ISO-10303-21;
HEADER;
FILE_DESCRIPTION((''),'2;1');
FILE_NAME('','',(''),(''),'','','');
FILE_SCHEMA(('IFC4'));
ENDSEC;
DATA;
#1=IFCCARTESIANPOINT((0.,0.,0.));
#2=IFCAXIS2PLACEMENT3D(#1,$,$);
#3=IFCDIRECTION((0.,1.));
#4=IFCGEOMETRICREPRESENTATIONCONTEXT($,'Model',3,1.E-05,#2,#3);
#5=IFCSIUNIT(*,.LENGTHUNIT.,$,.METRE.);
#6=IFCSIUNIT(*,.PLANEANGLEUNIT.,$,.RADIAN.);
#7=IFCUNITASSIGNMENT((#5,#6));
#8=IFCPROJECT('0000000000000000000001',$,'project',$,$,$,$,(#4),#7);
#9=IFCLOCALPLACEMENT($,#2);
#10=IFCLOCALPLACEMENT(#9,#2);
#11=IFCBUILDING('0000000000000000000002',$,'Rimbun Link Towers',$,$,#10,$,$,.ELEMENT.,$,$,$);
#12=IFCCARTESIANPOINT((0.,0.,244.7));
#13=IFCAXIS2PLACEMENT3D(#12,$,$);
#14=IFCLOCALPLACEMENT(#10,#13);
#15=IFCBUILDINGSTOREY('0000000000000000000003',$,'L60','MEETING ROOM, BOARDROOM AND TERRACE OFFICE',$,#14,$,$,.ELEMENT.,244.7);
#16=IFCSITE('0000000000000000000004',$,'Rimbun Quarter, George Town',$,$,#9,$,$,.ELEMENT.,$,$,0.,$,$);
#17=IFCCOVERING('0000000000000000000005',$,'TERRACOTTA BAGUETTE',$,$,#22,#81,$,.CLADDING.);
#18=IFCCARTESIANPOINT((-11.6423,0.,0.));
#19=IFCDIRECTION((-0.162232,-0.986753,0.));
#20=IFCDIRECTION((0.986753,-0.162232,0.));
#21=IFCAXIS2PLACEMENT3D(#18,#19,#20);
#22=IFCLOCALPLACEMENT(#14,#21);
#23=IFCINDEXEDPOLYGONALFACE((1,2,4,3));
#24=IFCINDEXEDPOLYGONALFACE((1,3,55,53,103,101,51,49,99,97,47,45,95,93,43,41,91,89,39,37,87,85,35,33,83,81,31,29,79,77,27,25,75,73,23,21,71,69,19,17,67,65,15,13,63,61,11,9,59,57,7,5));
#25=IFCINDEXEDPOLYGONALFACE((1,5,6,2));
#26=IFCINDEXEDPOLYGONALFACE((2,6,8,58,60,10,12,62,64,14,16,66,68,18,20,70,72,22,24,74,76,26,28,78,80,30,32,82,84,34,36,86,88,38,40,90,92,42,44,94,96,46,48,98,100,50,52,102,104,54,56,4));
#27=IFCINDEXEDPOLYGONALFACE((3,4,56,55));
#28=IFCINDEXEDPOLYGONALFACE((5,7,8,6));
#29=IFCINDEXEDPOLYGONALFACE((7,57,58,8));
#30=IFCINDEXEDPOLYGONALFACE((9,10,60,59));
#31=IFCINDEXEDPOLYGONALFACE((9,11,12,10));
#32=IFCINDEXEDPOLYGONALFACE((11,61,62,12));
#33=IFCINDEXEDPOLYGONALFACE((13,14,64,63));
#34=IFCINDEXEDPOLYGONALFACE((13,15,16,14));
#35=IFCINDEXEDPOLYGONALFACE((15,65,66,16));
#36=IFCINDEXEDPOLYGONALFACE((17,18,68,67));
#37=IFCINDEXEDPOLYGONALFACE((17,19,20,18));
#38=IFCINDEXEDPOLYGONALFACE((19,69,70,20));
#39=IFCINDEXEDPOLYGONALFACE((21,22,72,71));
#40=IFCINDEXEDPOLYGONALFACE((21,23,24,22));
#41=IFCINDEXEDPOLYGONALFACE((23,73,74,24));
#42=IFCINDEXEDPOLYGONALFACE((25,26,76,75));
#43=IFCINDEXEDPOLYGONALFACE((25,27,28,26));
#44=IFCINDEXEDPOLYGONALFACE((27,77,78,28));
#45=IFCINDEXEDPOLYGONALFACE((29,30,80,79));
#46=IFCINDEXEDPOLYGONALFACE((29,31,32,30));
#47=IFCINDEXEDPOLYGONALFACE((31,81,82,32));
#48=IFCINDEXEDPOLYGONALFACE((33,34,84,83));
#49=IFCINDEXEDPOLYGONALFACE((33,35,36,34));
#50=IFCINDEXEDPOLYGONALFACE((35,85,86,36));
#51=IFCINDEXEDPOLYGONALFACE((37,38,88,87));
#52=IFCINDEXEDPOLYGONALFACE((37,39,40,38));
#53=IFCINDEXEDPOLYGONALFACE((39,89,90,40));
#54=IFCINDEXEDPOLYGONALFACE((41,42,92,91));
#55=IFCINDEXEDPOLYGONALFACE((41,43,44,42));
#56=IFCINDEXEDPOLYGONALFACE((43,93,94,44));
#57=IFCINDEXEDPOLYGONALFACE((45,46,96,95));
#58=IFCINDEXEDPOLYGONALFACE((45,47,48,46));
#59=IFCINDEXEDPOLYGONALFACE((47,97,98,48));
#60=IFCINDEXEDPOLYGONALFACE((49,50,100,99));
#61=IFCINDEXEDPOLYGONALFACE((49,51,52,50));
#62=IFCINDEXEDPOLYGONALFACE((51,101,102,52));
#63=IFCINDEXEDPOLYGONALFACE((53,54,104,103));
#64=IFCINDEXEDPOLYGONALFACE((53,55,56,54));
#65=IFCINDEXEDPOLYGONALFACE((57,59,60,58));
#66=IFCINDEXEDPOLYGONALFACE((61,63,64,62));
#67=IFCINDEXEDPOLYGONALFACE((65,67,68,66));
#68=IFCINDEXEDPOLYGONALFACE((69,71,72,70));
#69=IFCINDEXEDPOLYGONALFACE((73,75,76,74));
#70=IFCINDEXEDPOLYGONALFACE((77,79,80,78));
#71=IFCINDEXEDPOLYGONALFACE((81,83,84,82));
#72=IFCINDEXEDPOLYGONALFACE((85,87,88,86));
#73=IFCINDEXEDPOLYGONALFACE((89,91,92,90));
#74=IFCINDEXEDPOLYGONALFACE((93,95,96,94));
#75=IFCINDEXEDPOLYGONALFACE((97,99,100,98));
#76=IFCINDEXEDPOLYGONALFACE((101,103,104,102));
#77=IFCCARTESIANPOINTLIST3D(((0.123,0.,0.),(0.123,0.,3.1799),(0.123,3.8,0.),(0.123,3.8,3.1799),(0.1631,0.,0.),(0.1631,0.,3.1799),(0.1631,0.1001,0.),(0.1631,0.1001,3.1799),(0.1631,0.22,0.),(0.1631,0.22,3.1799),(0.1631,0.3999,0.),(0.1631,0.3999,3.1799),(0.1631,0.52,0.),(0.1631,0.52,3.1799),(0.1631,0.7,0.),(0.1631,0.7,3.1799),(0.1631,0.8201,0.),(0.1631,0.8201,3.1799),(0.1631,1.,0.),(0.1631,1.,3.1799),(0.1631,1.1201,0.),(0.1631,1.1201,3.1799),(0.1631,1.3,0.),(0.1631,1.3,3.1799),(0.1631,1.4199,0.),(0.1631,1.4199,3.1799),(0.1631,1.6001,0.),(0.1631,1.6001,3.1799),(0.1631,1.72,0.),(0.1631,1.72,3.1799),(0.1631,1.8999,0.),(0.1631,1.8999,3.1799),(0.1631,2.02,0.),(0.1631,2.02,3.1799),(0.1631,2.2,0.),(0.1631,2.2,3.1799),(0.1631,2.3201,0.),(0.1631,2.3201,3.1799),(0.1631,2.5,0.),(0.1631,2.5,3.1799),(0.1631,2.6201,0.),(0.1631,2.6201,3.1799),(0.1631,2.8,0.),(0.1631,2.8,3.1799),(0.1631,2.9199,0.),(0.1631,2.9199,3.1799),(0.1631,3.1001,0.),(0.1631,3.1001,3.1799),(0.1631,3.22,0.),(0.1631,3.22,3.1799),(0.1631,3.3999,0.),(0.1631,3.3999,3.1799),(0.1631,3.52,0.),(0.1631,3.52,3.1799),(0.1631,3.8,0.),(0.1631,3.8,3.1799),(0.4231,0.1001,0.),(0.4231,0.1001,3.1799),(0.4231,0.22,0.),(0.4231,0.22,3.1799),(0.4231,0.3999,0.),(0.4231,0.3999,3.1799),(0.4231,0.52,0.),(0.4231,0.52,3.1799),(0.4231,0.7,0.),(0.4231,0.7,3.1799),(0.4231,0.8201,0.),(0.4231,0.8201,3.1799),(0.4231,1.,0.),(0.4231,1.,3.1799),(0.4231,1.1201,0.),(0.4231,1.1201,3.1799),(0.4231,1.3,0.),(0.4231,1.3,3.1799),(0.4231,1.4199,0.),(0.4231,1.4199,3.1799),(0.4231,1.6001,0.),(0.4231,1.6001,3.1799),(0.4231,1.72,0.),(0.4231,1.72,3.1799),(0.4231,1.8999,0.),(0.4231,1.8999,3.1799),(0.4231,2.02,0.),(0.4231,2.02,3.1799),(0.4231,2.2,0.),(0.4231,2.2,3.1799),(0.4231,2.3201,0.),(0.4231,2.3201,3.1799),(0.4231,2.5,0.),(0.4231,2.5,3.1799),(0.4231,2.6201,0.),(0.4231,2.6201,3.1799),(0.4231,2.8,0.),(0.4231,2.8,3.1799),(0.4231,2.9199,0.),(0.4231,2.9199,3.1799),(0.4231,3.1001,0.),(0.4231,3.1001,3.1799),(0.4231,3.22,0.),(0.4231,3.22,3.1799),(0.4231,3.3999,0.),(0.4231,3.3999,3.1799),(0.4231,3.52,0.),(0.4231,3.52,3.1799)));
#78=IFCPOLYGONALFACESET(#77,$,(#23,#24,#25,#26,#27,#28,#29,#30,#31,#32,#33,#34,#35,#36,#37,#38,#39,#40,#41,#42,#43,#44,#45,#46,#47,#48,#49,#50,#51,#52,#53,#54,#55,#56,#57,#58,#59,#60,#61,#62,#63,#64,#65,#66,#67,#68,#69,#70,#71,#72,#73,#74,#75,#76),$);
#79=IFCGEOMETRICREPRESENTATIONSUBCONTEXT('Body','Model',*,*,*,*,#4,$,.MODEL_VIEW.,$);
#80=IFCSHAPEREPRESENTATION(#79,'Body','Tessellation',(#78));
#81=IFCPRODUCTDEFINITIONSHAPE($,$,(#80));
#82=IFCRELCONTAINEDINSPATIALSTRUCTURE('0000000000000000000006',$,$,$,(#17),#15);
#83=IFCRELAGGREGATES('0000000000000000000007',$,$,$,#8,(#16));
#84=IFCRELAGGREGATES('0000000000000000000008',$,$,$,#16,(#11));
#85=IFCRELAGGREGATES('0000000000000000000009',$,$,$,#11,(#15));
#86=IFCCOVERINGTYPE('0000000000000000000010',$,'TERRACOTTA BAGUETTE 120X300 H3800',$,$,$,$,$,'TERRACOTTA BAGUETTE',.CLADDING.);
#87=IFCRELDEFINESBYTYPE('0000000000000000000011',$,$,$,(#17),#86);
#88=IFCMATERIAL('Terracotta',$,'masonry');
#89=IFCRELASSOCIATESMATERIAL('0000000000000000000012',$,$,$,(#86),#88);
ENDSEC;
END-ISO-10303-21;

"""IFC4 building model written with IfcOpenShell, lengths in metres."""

from ifc_helpers import new_model, si_unit, direction, frame, origin, place, context, subcontext, project, spatial, polyline, outline, extrude, material, material_profile, profile_set, type_object, element, save


model = new_model("IFC4")

# Units and contexts
model_context = context("Model", 3, precision=1e-05, world=origin(), true_north=direction((0.0, 1.0)))
body_context = subcontext(model_context, "Body", "Model", "MODEL_VIEW")
ifc_project = project(units=[si_unit("LENGTHUNIT", "METRE"), si_unit("PLANEANGLEUNIT", "RADIAN")], contexts=[model_context])

# Site, building, storey
site_placement = place(None, origin())
site = spatial("IfcSite", under=ifc_project, at=site_placement, Name="Rimbun Quarter, George Town", CompositionType="ELEMENT", RefElevation=0.0)
building_placement = place(site_placement, origin())
building = spatial("IfcBuilding", under=site, at=building_placement, Name="Rimbun Link Towers", CompositionType="ELEMENT")
storey_placement = place(building_placement, frame((0.0, 0.0, 244.7)))
storey = spatial("IfcBuildingStorey", under=building, at=storey_placement, Name="L60", Description="MEETING ROOM, BOARDROOM AND TERRACE OFFICE", CompositionType="ELEMENT", Elevation=244.7)

# Covering
ifc_material_1 = material(Name="Terracotta", Category="masonry")
ifc_material_profile_1 = material_profile(ifc_material_1, outline(polyline([(0.123, 0.0), (0.1631, 0.0), (0.1631, 0.1001), (0.4231, 0.1001), (0.4231, 0.22), (0.1631, 0.22), (0.1631, 0.3999), (0.4231, 0.3999), (0.4231, 0.52), (0.1631, 0.52), (0.1631, 0.7), (0.4231, 0.7), (0.4231, 0.8201), (0.1631, 0.8201), (0.1631, 1.0), (0.4231, 1.0), (0.4231, 1.1201), (0.1631, 1.1201), (0.1631, 1.3), (0.4231, 1.3), (0.4231, 1.4199), (0.1631, 1.4199), (0.1631, 1.6001), (0.4231, 1.6001), (0.4231, 1.72), (0.1631, 1.72), (0.1631, 1.8999), (0.4231, 1.8999), (0.4231, 2.02), (0.1631, 2.02), (0.1631, 2.2), (0.4231, 2.2), (0.4231, 2.3201), (0.1631, 2.3201), (0.1631, 2.5), (0.4231, 2.5), (0.4231, 2.6201), (0.1631, 2.6201), (0.1631, 2.8), (0.4231, 2.8), (0.4231, 2.9199), (0.1631, 2.9199), (0.1631, 3.1001), (0.4231, 3.1001), (0.4231, 3.22), (0.1631, 3.22), (0.1631, 3.3999), (0.4231, 3.3999), (0.4231, 3.52), (0.1631, 3.52), (0.1631, 3.8), (0.123, 3.8), (0.123, 0.0)])), Name="BAGUETTE 120X300")
ifc_profile_set_1 = profile_set([ifc_material_profile_1], Name="Terracotta")
covering_type = type_object("IfcCoveringType", Name="TERRACOTTA BAGUETTE 120X300 H3800", ElementType="TERRACOTTA BAGUETTE", PredefinedType="CLADDING", material=ifc_profile_set_1)
covering_placement = place(storey_placement, frame((-11.6423, 0.0, 0.0), z_axis=(-0.162232, -0.986753, 0.0), x_axis=(0.986753, -0.162232, 0.0)))
element("IfcCovering", 1, at=covering_placement, inside=storey, type_object=covering_type, Name="TERRACOTTA BAGUETTE", PredefinedType="CLADDING", context=body_context, shape_type="SweptSolid", body=[
    extrude(outline(polyline([(0.123, 0.0), (0.1631, 0.0), (0.1631, 0.1001), (0.4231, 0.1001), (0.4231, 0.22), (0.1631, 0.22), (0.1631, 0.3999), (0.4231, 0.3999), (0.4231, 0.52), (0.1631, 0.52), (0.1631, 0.7), (0.4231, 0.7), (0.4231, 0.8201), (0.1631, 0.8201), (0.1631, 1.0), (0.4231, 1.0), (0.4231, 1.1201), (0.1631, 1.1201), (0.1631, 1.3), (0.4231, 1.3), (0.4231, 1.4199), (0.1631, 1.4199), (0.1631, 1.6001), (0.4231, 1.6001), (0.4231, 1.72), (0.1631, 1.72), (0.1631, 1.8999), (0.4231, 1.8999), (0.4231, 2.02), (0.1631, 2.02), (0.1631, 2.2), (0.4231, 2.2), (0.4231, 2.3201), (0.1631, 2.3201), (0.1631, 2.5), (0.4231, 2.5), (0.4231, 2.6201), (0.1631, 2.6201), (0.1631, 2.8), (0.4231, 2.8), (0.4231, 2.9199), (0.1631, 2.9199), (0.1631, 3.1001), (0.4231, 3.1001), (0.4231, 3.22), (0.1631, 3.22), (0.1631, 3.3999), (0.4231, 3.3999), (0.4231, 3.52), (0.1631, 3.52), (0.1631, 3.8), (0.123, 3.8), (0.123, 0.0)])), origin(), (0.0, 0.0, 1.0), 3.1799),
])

save(model, "model.ifc")
